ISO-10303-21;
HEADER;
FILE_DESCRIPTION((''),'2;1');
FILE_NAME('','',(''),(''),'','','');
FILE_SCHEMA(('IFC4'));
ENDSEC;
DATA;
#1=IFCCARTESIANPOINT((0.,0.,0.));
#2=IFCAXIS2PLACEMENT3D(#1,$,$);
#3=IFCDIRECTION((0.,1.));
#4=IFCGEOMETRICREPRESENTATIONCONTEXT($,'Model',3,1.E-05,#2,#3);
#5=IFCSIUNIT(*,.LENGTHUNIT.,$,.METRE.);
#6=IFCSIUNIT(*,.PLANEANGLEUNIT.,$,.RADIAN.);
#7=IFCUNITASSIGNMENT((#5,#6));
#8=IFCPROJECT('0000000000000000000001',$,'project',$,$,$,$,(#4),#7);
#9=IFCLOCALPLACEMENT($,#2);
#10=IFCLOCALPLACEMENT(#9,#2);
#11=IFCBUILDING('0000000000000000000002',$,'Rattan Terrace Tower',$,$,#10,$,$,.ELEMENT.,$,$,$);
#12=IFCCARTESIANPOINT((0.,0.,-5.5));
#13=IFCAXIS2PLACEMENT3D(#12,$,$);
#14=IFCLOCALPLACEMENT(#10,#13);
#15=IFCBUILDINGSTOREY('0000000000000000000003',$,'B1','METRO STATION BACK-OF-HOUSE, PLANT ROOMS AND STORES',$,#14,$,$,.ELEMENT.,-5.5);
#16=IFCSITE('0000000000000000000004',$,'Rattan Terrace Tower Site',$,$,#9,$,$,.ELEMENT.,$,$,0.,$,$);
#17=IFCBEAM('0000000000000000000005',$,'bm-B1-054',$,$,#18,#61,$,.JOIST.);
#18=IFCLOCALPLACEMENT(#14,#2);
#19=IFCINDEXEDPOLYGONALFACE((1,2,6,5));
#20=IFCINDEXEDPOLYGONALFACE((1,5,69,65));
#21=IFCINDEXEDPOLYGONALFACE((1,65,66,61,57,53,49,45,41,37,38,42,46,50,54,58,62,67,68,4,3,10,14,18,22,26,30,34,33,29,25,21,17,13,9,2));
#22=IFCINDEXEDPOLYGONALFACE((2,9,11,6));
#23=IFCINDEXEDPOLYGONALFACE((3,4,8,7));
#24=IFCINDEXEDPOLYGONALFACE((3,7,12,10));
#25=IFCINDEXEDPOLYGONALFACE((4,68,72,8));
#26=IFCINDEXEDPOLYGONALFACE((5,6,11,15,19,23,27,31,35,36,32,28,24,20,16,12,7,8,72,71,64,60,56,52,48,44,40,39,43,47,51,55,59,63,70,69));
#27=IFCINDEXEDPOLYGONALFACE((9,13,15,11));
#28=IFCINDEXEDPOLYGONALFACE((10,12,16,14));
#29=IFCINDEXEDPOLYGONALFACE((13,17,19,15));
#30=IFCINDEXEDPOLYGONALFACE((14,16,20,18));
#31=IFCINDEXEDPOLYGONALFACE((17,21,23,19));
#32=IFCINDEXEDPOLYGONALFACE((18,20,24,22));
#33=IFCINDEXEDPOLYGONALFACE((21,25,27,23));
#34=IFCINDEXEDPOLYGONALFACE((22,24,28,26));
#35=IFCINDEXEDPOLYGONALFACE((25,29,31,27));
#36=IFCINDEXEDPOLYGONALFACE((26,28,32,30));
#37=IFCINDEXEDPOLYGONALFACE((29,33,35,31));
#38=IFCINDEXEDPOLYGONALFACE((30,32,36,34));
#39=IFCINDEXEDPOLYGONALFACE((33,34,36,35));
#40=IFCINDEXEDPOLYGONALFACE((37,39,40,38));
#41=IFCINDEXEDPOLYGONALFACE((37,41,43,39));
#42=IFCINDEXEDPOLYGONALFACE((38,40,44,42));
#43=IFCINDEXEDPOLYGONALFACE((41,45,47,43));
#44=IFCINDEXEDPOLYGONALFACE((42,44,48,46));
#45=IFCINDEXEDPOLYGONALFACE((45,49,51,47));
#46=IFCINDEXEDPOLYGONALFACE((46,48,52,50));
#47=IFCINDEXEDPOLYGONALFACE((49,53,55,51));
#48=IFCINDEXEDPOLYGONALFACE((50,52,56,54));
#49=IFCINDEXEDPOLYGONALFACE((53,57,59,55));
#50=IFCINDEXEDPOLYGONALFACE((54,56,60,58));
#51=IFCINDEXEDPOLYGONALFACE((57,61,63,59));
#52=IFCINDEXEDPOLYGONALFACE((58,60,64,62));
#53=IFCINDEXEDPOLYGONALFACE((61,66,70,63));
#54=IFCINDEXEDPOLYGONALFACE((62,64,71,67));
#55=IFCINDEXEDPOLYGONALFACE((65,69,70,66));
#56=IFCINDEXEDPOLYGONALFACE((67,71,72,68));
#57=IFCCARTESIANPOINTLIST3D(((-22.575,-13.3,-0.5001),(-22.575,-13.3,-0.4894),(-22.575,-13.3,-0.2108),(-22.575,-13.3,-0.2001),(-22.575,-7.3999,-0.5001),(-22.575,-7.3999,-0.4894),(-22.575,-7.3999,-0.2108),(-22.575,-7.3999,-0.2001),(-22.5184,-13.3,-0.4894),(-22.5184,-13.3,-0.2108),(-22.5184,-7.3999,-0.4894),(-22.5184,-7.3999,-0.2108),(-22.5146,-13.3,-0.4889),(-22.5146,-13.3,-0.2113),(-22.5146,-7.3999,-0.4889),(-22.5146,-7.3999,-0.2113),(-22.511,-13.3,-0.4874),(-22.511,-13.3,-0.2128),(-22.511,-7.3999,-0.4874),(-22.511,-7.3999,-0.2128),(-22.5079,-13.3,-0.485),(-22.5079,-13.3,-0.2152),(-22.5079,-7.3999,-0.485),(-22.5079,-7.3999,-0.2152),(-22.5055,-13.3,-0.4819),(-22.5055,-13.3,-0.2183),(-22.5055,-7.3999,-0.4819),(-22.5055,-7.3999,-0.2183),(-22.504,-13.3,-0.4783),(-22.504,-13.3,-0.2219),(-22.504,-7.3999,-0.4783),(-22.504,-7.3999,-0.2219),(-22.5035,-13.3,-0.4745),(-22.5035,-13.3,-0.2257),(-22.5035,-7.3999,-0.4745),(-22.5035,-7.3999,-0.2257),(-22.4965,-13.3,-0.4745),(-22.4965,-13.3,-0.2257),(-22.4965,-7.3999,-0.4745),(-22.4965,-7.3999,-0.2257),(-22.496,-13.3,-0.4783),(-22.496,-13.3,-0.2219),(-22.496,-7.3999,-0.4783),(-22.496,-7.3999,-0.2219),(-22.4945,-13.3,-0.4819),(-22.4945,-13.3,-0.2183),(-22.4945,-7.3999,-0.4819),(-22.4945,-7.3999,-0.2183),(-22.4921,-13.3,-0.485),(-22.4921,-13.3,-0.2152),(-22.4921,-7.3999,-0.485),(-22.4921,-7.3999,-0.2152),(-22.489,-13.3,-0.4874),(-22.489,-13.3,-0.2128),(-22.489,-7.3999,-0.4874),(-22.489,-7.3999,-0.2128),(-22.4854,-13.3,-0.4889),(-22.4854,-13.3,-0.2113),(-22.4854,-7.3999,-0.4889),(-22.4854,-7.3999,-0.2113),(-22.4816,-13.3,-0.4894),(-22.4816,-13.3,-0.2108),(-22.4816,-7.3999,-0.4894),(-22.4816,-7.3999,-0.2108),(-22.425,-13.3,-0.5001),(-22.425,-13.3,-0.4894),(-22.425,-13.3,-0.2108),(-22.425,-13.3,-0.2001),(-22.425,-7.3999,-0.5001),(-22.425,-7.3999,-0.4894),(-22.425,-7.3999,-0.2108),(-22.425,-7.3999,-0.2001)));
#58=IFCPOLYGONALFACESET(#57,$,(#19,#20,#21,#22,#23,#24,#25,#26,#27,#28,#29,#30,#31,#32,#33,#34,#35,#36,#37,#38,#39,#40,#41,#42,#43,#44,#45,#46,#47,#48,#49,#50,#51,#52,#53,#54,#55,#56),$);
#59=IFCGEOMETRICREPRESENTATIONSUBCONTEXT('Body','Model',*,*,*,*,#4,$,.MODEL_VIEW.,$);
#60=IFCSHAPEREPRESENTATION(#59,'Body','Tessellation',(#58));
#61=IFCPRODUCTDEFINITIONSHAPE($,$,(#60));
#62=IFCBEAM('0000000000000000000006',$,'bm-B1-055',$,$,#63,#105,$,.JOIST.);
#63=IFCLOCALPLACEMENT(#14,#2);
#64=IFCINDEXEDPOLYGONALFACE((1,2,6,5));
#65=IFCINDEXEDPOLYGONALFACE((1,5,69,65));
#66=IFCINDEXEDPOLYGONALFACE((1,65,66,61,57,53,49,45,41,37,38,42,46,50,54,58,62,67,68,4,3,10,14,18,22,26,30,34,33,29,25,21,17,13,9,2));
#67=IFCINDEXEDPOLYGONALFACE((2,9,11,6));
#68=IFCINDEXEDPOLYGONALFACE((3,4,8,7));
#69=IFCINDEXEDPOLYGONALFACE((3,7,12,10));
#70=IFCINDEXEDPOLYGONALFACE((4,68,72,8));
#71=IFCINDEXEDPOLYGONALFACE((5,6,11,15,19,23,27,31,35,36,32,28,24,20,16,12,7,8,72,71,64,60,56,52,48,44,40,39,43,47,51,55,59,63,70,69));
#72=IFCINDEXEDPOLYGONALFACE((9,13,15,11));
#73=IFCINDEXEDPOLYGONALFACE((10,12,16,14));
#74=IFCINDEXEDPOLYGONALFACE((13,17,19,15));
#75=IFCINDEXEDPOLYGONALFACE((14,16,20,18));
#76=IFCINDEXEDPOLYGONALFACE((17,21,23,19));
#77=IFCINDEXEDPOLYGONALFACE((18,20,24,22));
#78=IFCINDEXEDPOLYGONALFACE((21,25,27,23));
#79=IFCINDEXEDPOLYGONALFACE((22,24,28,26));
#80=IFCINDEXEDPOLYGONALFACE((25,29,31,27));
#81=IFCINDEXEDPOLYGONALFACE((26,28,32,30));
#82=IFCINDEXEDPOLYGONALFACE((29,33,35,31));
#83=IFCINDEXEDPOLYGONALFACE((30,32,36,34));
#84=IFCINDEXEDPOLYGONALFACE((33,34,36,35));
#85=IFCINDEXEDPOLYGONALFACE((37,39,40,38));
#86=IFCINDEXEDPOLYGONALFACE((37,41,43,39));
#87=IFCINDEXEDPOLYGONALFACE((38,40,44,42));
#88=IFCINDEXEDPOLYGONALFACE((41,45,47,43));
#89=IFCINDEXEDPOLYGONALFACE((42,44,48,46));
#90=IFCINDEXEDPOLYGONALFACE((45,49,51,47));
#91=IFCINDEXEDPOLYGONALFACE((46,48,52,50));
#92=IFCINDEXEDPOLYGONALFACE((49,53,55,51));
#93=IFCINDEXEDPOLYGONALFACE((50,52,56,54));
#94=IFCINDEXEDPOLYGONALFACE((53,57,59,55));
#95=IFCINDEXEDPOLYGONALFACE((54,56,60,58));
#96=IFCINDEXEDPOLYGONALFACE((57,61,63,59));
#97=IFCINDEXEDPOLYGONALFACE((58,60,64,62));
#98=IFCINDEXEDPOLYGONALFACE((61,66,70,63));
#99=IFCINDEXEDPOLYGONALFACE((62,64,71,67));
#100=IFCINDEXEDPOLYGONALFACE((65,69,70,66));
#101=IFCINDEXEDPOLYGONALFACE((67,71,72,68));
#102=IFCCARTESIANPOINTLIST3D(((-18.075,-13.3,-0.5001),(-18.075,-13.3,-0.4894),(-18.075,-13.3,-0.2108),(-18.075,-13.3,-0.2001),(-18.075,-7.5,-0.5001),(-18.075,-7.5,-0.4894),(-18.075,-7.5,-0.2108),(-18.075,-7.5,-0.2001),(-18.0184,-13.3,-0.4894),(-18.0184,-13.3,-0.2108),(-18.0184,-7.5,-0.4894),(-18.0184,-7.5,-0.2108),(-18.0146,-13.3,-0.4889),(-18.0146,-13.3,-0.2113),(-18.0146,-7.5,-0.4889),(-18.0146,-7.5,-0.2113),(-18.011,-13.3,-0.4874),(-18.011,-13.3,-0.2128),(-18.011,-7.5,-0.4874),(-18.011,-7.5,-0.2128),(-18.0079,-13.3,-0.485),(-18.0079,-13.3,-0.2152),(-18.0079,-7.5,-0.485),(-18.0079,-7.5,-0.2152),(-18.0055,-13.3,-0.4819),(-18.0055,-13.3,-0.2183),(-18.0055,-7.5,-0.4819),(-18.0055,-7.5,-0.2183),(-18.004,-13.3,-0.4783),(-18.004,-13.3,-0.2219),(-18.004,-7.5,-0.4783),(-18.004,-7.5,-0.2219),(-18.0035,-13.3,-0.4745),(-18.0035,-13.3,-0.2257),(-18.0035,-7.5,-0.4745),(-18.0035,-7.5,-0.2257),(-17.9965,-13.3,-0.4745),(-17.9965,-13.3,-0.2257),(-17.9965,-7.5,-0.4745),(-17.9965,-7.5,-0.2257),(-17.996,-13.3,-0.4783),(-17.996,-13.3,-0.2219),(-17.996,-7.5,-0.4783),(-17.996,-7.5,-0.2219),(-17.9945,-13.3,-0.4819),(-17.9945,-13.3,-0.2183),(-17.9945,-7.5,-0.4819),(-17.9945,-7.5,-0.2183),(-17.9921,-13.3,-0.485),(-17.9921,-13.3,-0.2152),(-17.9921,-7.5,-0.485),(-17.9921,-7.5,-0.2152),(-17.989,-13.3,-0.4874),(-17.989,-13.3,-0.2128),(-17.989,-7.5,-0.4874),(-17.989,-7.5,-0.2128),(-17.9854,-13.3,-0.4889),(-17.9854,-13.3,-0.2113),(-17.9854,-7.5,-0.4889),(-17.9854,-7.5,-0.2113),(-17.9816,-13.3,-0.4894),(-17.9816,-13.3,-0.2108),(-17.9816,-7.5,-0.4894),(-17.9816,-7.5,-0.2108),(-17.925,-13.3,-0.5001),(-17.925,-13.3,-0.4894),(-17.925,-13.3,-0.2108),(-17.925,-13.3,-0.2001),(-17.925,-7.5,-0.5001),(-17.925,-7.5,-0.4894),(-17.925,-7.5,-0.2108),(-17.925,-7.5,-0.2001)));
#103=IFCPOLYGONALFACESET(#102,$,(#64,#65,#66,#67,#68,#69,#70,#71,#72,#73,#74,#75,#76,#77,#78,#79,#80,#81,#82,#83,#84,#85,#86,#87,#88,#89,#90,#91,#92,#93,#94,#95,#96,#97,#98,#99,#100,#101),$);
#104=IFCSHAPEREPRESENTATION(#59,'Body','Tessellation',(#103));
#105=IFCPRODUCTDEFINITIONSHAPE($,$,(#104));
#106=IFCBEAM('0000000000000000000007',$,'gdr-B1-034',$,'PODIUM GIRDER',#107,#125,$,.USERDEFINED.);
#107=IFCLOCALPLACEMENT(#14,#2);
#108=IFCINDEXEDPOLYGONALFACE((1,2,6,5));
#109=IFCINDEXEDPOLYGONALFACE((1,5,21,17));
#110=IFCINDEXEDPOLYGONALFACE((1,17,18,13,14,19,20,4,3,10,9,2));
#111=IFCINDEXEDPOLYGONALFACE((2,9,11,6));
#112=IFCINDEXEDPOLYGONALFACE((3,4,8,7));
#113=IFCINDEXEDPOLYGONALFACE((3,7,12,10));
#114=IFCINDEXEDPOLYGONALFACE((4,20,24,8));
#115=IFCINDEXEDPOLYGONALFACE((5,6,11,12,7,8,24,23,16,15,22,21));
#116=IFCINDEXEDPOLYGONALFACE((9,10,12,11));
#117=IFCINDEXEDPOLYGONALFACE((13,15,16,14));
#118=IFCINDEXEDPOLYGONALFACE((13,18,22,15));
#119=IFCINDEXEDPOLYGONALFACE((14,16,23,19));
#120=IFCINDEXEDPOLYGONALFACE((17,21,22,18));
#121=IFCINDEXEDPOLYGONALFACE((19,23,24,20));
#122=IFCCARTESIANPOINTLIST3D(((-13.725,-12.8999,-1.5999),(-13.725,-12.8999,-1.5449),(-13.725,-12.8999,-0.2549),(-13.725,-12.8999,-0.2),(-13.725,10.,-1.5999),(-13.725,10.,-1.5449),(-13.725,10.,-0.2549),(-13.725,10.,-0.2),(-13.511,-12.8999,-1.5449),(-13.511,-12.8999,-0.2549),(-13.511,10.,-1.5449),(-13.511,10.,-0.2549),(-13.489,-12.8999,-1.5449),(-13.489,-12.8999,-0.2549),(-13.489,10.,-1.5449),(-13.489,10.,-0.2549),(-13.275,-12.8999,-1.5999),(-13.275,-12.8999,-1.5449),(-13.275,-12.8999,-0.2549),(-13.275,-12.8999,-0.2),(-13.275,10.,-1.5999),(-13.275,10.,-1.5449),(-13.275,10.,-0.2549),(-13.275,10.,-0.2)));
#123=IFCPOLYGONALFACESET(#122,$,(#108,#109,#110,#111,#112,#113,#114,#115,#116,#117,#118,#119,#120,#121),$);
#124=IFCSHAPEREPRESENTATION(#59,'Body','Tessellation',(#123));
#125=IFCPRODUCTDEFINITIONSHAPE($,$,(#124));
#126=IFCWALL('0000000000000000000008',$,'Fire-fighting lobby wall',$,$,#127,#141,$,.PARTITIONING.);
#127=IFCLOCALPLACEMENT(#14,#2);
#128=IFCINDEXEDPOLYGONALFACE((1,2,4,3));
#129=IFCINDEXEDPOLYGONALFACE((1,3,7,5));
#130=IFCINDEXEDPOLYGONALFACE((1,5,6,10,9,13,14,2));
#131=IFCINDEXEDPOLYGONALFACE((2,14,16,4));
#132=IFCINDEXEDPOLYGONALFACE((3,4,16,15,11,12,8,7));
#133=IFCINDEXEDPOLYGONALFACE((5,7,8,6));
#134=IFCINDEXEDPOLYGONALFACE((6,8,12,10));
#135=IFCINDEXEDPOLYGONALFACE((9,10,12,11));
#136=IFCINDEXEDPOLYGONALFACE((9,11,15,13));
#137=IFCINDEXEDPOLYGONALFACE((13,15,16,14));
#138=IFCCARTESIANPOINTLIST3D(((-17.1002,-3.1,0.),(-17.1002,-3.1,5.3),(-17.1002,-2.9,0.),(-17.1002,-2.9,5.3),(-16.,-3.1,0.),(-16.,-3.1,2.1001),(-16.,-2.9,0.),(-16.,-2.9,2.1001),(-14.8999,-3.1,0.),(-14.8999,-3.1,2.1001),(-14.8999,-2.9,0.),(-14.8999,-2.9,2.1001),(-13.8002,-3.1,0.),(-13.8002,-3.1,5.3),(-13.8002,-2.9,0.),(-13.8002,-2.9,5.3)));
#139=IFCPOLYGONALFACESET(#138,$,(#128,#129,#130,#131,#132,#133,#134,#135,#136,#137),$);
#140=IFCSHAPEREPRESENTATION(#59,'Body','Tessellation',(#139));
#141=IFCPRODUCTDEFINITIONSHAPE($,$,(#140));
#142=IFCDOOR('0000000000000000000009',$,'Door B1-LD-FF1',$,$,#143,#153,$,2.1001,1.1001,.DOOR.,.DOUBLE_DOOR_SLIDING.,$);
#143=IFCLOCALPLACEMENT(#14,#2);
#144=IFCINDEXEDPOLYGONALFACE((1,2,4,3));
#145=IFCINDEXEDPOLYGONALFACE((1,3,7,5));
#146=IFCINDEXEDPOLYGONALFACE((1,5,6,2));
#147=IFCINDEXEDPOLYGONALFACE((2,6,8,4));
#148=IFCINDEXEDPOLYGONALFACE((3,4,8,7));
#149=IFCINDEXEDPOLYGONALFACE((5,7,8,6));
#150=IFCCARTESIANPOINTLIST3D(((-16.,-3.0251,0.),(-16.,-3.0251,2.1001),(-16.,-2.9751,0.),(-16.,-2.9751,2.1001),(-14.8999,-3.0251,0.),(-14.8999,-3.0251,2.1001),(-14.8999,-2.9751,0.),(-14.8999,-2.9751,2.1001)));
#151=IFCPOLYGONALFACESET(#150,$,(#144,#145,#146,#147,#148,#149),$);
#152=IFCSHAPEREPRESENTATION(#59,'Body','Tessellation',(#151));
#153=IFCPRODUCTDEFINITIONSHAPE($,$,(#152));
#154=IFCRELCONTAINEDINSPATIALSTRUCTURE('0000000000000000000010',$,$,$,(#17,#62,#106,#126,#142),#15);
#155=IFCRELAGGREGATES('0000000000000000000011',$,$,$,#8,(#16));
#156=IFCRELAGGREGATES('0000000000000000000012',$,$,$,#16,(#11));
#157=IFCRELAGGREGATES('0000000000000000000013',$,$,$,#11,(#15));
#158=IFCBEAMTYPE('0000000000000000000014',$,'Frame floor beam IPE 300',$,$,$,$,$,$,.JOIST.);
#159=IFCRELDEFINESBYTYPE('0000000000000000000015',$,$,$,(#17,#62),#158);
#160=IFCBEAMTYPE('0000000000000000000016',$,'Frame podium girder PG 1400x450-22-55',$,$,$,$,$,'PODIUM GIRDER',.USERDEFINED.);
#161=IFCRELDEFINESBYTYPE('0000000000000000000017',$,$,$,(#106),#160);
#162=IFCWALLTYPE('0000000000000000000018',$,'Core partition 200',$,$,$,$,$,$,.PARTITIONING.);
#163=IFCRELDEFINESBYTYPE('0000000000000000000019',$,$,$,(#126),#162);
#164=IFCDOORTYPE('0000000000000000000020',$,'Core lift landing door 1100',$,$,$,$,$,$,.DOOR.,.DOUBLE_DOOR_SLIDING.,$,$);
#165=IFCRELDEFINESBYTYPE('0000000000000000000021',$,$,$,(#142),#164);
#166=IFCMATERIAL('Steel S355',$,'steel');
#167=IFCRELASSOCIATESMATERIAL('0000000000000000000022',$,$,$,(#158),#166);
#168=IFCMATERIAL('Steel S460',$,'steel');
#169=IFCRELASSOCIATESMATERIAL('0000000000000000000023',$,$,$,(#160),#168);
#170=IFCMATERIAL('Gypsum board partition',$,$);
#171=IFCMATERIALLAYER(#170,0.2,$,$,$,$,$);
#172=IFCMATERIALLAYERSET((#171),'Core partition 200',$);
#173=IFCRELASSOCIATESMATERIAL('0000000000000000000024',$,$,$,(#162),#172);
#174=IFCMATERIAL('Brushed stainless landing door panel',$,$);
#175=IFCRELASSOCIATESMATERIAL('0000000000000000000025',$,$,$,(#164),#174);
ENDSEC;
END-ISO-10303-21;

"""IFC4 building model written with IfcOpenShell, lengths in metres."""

from ifc_helpers import new_model, si_unit, direction, frame, frame_2d, origin, origin_2d, place, context, subcontext, project, spatial, rectangle, i_section, extrude, material, layer, layer_set, material_profile, profile_set, type_object, element, fill, save


model = new_model("IFC4")

# Units and contexts
model_context = context("Model", 3, precision=1e-05, world=origin(), true_north=direction((0.0, 1.0)))
body_context = subcontext(model_context, "Body", "Model", "MODEL_VIEW")
ifc_project = project(units=[si_unit("LENGTHUNIT", "METRE"), si_unit("PLANEANGLEUNIT", "RADIAN")], contexts=[model_context])

# Site, building, storey
site_placement = place(None, origin())
site = spatial("IfcSite", under=ifc_project, at=site_placement, Name="Rattan Terrace Tower Site", CompositionType="ELEMENT", RefElevation=0.0)
building_placement = place(site_placement, origin())
building = spatial("IfcBuilding", under=site, at=building_placement, Name="Rattan Terrace Tower", CompositionType="ELEMENT")
storey_placement = place(building_placement, frame((0.0, 0.0, -5.5)))
storey = spatial("IfcBuildingStorey", under=building, at=storey_placement, Name="B1", Description="METRO STATION BACK-OF-HOUSE, PLANT ROOMS AND STORES", CompositionType="ELEMENT", Elevation=-5.5)

# Beams
ifc_material_1 = material(Name="Steel S355", Category="steel")
ifc_material_profile_1 = material_profile(ifc_material_1, i_section(OverallWidth=0.1499, OverallDepth=0.3, WebThickness=0.0071, FlangeThickness=0.0107, FilletRadius=0.0149, at=origin_2d()), Name="IPE 300")
ifc_profile_set_1 = profile_set([ifc_material_profile_1], Name="Steel S355")
beam_type_1 = type_object("IfcBeamType", Name="Frame floor beam IPE 300", PredefinedType="JOIST", material=ifc_profile_set_1)
beam_1_placement = place(storey_placement, frame((-22.5, -13.3, -0.3501), z_axis=(0.0, 1.0, 0.0), x_axis=(-1.0, 0.0, 0.0)))
element("IfcBeam", 1, at=beam_1_placement, inside=storey, type_object=beam_type_1, Name="bm-B1-054", PredefinedType="JOIST", context=body_context, shape_type="SweptSolid", body=[
    extrude(i_section(OverallWidth=0.1499, OverallDepth=0.3, WebThickness=0.0071, FlangeThickness=0.0107, FilletRadius=0.0149, at=origin_2d()), origin(), (0.0, 0.0, 1.0), 5.9001),
])
beam_2_placement = place(storey_placement, frame((-18.0, -13.3, -0.3501), z_axis=(0.0, 1.0, 0.0), x_axis=(-1.0, 0.0, 0.0)))
element("IfcBeam", 2, at=beam_2_placement, inside=storey, type_object=beam_type_1, Name="bm-B1-055", PredefinedType="JOIST", context=body_context, shape_type="SweptSolid", body=[
    extrude(i_section(OverallWidth=0.1499, OverallDepth=0.3, WebThickness=0.0071, FlangeThickness=0.0107, FilletRadius=0.0149, at=origin_2d()), origin(), (0.0, 0.0, 1.0), 5.8),
])
ifc_material_2 = material(Name="Steel S460", Category="steel")
ifc_material_profile_2 = material_profile(ifc_material_2, i_section(OverallWidth=0.45, OverallDepth=1.3999, WebThickness=0.022, FlangeThickness=0.0549, at=origin_2d()), Name="PG 1400x450-22-55")
ifc_profile_set_2 = profile_set([ifc_material_profile_2], Name="Steel S460")
beam_type_2 = type_object("IfcBeamType", Name="Frame podium girder PG 1400x450-22-55", ElementType="PODIUM GIRDER", PredefinedType="USERDEFINED", material=ifc_profile_set_2)
beam_3_placement = place(storey_placement, frame((-13.5, -12.8999, -0.8999), z_axis=(0.0, 1.0, 0.0), x_axis=(-1.0, 0.0, 0.0)))
element("IfcBeam", 3, at=beam_3_placement, inside=storey, type_object=beam_type_2, Name="gdr-B1-034", ObjectType="PODIUM GIRDER", PredefinedType="USERDEFINED", context=body_context, shape_type="SweptSolid", body=[
    extrude(i_section(OverallWidth=0.45, OverallDepth=1.3999, WebThickness=0.022, FlangeThickness=0.0549, at=origin_2d()), origin(), (0.0, 0.0, 1.0), 22.8999),
])

# Wall, opening, door
ifc_material_3 = material(Name="Gypsum board partition")
ifc_layer_1 = layer(ifc_material_3, 0.2)
ifc_layer_set_1 = layer_set([ifc_layer_1], Name="Core partition 200")
wall_type_1 = type_object("IfcWallType", Name="Core partition 200", PredefinedType="PARTITIONING", material=ifc_layer_set_1)
wall_1_placement = place(storey_placement, frame((-17.1001, -3.0, 0.0), z_axis=(0.0, 0.0, 1.0), x_axis=(1.0, 0.0, 0.0)))
wall_1 = element("IfcWall", 4, at=wall_1_placement, inside=storey, type_object=wall_type_1, Name="Fire-fighting lobby wall", PredefinedType="PARTITIONING", context=body_context, shape_type="SweptSolid", body=[
    extrude(rectangle(XDim=3.3, YDim=0.2, at=frame_2d((1.6499, 0.0))), origin(), (0.0, 0.0, 1.0), 5.3),
])
opening_1_placement = place(wall_1_placement, frame((1.1001, 0.0, 0.0)))
opening_1 = element("IfcOpeningElement", 5, at=opening_1_placement, cuts=wall_1, PredefinedType="OPENING", context=body_context, shape_type="SweptSolid", body=[
    extrude(rectangle(XDim=1.1001, YDim=2.1001, at=frame_2d((0.55, 1.05))), frame((0.0, 0.1106, 0.0), z_axis=(0.0, -1.0, 0.0), x_axis=(1.0, 0.0, 0.0)), (0.0, 0.0, 1.0), 0.2209),
])
ifc_material_4 = material(Name="Brushed stainless landing door panel")
door_type_1 = type_object("IfcDoorType", Name="Core lift landing door 1100", OperationType="DOUBLE_DOOR_SLIDING", PredefinedType="DOOR", material=ifc_material_4)
door_1_placement = place(opening_1_placement, origin())
door_1 = element("IfcDoor", 6, at=door_1_placement, inside=storey, type_object=door_type_1, Name="Door B1-LD-FF1", OperationType="DOUBLE_DOOR_SLIDING", OverallHeight=2.1001, OverallWidth=1.1001, PredefinedType="DOOR", context=body_context, shape_type="SweptSolid", body=[
    extrude(rectangle(XDim=1.1001, YDim=2.1001, at=frame_2d((0.55, 1.05))), frame((0.0, 0.0249, 0.0), z_axis=(0.0, -1.0, 0.0), x_axis=(1.0, 0.0, 0.0)), (0.0, 0.0, 1.0), 0.05),
])
fill(opening_1, door_1)

save(model, "model.ifc")
